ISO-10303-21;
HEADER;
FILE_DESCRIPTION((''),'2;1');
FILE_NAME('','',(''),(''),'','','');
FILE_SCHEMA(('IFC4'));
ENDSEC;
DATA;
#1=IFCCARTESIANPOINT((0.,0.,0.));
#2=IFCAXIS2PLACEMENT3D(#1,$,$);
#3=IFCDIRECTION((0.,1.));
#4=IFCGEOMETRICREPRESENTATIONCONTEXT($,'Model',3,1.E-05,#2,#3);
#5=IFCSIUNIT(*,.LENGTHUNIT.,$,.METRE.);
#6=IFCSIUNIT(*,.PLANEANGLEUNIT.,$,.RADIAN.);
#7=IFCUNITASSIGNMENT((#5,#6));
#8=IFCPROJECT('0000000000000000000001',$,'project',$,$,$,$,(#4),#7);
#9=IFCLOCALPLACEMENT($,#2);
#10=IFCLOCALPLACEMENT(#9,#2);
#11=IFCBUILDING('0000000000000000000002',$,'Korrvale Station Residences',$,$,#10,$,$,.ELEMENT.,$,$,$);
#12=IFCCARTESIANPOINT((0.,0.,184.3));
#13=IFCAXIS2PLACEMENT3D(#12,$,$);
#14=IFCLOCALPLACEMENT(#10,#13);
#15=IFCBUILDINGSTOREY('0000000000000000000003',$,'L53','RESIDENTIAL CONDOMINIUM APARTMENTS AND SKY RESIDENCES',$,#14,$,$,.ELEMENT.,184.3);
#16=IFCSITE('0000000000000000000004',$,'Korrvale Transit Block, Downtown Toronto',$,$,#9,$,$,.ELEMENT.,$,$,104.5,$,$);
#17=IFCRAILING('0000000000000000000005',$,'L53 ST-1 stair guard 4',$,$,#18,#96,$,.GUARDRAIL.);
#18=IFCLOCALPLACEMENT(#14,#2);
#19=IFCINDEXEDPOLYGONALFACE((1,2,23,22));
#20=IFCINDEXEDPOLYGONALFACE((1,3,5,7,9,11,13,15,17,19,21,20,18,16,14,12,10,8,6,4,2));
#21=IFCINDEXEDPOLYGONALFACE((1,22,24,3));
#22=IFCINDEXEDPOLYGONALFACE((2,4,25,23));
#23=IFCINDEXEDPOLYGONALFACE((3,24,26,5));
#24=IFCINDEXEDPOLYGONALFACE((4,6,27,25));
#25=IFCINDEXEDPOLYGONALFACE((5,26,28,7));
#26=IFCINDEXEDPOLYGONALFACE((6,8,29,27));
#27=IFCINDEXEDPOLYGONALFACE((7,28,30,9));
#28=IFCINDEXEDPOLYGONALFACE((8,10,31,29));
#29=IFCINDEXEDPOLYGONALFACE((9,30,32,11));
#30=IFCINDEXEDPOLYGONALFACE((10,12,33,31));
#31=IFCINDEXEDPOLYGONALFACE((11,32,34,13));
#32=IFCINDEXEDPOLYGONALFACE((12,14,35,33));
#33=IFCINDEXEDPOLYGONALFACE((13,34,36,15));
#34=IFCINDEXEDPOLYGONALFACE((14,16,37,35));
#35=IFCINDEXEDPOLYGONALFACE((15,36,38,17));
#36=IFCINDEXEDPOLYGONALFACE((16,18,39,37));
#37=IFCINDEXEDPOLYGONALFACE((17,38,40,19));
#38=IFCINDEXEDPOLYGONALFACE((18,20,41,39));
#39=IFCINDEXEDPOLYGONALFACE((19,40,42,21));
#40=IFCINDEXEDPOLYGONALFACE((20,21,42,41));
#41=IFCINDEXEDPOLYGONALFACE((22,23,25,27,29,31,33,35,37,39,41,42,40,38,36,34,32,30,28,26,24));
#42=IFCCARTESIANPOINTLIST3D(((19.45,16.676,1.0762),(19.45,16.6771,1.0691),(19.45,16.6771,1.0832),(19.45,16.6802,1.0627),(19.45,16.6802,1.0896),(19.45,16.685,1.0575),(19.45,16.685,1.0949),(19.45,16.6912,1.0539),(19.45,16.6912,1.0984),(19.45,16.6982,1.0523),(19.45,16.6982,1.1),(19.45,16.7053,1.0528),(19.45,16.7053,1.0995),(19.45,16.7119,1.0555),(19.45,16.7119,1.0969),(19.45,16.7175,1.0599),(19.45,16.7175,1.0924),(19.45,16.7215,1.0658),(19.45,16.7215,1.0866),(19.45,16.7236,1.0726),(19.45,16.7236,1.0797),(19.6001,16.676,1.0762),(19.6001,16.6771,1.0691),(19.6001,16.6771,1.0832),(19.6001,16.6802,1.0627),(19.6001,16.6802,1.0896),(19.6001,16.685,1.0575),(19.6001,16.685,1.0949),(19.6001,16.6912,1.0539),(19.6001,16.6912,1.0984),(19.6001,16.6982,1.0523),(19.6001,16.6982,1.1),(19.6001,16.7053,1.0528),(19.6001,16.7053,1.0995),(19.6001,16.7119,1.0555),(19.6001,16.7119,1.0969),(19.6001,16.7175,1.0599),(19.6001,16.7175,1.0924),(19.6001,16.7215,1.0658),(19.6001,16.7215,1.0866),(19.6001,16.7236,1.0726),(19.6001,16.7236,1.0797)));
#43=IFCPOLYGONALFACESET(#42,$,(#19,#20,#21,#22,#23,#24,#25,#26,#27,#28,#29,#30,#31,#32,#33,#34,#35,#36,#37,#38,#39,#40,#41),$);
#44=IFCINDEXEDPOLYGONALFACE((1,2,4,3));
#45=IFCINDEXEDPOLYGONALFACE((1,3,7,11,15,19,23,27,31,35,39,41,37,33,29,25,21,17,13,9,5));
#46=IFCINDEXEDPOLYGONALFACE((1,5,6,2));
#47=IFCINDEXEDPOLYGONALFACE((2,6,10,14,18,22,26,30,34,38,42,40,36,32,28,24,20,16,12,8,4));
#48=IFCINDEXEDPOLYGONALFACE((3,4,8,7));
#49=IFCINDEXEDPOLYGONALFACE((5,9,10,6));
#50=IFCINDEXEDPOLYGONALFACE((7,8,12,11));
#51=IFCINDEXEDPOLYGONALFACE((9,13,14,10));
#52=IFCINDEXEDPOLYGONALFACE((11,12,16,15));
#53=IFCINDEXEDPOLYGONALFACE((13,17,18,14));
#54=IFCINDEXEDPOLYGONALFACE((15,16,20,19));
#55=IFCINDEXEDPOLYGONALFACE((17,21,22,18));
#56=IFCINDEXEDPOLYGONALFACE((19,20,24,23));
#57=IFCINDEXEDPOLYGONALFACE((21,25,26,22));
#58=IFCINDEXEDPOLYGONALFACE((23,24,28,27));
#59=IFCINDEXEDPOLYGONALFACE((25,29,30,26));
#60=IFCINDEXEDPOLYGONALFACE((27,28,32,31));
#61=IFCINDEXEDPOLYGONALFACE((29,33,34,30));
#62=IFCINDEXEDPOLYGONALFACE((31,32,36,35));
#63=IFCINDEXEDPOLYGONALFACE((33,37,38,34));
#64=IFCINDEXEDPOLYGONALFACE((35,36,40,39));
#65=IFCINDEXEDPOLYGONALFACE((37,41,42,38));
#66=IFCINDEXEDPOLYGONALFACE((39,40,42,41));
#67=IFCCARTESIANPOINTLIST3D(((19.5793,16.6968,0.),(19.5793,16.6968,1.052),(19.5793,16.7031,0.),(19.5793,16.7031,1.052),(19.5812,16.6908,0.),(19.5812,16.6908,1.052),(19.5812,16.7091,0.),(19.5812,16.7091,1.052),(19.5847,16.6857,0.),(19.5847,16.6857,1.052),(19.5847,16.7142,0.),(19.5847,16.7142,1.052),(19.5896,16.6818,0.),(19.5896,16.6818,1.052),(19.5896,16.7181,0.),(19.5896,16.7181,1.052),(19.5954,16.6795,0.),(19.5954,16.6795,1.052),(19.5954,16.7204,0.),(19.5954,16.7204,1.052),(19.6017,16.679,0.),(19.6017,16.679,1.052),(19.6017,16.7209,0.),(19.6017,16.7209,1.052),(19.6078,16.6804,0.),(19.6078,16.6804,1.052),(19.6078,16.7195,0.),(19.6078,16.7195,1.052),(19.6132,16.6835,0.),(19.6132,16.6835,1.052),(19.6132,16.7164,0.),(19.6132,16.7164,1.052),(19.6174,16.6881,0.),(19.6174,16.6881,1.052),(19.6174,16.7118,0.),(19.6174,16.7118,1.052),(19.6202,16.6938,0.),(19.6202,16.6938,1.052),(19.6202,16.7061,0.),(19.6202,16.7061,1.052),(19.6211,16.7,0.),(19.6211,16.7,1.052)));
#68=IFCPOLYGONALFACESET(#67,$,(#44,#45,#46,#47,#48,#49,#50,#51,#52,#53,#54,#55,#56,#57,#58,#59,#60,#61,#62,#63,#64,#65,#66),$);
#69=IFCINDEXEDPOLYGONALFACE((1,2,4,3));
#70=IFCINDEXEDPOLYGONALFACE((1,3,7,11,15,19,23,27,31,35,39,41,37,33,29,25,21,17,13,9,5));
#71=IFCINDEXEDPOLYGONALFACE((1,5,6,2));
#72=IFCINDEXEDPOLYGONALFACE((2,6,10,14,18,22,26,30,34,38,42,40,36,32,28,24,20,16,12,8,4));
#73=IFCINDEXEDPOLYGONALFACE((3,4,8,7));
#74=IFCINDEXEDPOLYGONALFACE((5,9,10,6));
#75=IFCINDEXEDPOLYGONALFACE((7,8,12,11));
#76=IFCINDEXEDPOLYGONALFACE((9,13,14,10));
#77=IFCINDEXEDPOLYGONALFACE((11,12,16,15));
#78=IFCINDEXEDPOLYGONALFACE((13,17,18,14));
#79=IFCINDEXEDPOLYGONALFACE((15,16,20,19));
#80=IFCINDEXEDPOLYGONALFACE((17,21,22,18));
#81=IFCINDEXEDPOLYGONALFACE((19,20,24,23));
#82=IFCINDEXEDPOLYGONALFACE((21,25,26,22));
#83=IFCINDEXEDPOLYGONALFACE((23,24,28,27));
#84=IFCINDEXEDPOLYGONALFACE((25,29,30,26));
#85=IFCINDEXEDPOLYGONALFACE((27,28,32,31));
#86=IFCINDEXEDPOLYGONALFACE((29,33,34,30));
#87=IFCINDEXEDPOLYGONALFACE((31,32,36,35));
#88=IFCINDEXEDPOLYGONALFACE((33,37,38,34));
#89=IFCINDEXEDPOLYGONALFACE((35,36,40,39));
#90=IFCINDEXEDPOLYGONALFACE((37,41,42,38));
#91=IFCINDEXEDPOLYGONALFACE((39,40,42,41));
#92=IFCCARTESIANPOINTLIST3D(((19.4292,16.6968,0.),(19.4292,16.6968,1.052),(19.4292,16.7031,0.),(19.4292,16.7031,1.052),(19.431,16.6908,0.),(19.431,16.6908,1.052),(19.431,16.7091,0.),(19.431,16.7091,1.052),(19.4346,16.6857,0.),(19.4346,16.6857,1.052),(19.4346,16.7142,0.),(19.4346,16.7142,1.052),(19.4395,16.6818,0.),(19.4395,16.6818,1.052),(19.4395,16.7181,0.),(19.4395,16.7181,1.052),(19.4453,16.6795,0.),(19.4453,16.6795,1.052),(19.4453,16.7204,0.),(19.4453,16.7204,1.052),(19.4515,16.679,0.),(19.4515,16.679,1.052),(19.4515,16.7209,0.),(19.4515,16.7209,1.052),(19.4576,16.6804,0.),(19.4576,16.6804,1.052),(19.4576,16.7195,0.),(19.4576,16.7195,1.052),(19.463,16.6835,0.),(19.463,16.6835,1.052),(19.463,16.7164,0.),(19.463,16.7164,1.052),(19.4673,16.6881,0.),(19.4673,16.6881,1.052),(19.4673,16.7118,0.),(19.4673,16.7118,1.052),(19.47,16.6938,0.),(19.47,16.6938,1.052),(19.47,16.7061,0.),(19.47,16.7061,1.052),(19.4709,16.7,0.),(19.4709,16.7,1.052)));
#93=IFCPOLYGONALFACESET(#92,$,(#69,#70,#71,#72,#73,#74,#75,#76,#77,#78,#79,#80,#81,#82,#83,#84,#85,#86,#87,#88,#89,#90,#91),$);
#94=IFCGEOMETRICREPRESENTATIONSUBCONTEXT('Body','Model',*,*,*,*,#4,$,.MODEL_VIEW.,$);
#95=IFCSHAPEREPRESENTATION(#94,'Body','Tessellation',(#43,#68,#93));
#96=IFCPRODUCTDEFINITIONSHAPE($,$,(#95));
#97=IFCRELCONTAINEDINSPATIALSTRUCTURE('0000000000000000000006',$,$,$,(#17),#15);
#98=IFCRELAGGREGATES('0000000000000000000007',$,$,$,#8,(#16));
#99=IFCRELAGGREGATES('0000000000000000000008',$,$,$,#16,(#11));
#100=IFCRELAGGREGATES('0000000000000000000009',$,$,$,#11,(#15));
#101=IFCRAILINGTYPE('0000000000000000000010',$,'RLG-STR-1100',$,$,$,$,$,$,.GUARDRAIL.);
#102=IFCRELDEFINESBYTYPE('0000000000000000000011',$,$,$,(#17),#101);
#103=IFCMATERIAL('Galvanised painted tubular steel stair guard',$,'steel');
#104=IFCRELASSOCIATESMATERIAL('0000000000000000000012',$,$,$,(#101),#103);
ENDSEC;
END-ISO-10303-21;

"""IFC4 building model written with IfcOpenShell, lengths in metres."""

from ifc_helpers import new_model, si_unit, direction, frame, origin, origin_2d, place, context, subcontext, project, spatial, circle, extrude, material, type_object, element, save


model = new_model("IFC4")

# Units and contexts
model_context = context("Model", 3, precision=1e-05, world=origin(), true_north=direction((0.0, 1.0)))
body_context = subcontext(model_context, "Body", "Model", "MODEL_VIEW")
ifc_project = project(units=[si_unit("LENGTHUNIT", "METRE"), si_unit("PLANEANGLEUNIT", "RADIAN")], contexts=[model_context])

# Site, building, storey
site_placement = place(None, origin())
site = spatial("IfcSite", under=ifc_project, at=site_placement, Name="Korrvale Transit Block, Downtown Toronto", CompositionType="ELEMENT", RefElevation=104.5)
building_placement = place(site_placement, origin())
building = spatial("IfcBuilding", under=site, at=building_placement, Name="Korrvale Station Residences", CompositionType="ELEMENT")
storey_placement = place(building_placement, frame((0.0, 0.0, 184.3)))
storey = spatial("IfcBuildingStorey", under=building, at=storey_placement, Name="L53", Description="RESIDENTIAL CONDOMINIUM APARTMENTS AND SKY RESIDENCES", CompositionType="ELEMENT", Elevation=184.3)

# Railing
ifc_material_1 = material(Name="Galvanised painted tubular steel stair guard", Category="steel")
railing_type_1 = type_object("IfcRailingType", Name="RLG-STR-1100", PredefinedType="GUARDRAIL", material=ifc_material_1)
railing_1_placement = place(storey_placement, frame((19.6001, 16.7, 0.0)))
element("IfcRailing", 1, at=railing_1_placement, inside=storey, type_object=railing_type_1, Name="L53 ST-1 stair guard 4", PredefinedType="GUARDRAIL", context=body_context, shape_type="SweptSolid", body=[
    extrude(circle(Radius=0.0239, at=origin_2d()), frame((0.0, 0.0, 1.0762), z_axis=(-1.0, 0.0, 0.0), x_axis=(0.0, -1.0, 0.0)), (0.0, 0.0, 1.0), 0.1501),
    extrude(circle(Radius=0.021, at=origin_2d()), origin(), (0.0, 0.0, 1.0), 1.052),
    extrude(circle(Radius=0.021, at=origin_2d()), frame((-0.1501, 0.0, 0.0)), (0.0, 0.0, 1.0), 1.052),
])

save(model, "model.ifc")
